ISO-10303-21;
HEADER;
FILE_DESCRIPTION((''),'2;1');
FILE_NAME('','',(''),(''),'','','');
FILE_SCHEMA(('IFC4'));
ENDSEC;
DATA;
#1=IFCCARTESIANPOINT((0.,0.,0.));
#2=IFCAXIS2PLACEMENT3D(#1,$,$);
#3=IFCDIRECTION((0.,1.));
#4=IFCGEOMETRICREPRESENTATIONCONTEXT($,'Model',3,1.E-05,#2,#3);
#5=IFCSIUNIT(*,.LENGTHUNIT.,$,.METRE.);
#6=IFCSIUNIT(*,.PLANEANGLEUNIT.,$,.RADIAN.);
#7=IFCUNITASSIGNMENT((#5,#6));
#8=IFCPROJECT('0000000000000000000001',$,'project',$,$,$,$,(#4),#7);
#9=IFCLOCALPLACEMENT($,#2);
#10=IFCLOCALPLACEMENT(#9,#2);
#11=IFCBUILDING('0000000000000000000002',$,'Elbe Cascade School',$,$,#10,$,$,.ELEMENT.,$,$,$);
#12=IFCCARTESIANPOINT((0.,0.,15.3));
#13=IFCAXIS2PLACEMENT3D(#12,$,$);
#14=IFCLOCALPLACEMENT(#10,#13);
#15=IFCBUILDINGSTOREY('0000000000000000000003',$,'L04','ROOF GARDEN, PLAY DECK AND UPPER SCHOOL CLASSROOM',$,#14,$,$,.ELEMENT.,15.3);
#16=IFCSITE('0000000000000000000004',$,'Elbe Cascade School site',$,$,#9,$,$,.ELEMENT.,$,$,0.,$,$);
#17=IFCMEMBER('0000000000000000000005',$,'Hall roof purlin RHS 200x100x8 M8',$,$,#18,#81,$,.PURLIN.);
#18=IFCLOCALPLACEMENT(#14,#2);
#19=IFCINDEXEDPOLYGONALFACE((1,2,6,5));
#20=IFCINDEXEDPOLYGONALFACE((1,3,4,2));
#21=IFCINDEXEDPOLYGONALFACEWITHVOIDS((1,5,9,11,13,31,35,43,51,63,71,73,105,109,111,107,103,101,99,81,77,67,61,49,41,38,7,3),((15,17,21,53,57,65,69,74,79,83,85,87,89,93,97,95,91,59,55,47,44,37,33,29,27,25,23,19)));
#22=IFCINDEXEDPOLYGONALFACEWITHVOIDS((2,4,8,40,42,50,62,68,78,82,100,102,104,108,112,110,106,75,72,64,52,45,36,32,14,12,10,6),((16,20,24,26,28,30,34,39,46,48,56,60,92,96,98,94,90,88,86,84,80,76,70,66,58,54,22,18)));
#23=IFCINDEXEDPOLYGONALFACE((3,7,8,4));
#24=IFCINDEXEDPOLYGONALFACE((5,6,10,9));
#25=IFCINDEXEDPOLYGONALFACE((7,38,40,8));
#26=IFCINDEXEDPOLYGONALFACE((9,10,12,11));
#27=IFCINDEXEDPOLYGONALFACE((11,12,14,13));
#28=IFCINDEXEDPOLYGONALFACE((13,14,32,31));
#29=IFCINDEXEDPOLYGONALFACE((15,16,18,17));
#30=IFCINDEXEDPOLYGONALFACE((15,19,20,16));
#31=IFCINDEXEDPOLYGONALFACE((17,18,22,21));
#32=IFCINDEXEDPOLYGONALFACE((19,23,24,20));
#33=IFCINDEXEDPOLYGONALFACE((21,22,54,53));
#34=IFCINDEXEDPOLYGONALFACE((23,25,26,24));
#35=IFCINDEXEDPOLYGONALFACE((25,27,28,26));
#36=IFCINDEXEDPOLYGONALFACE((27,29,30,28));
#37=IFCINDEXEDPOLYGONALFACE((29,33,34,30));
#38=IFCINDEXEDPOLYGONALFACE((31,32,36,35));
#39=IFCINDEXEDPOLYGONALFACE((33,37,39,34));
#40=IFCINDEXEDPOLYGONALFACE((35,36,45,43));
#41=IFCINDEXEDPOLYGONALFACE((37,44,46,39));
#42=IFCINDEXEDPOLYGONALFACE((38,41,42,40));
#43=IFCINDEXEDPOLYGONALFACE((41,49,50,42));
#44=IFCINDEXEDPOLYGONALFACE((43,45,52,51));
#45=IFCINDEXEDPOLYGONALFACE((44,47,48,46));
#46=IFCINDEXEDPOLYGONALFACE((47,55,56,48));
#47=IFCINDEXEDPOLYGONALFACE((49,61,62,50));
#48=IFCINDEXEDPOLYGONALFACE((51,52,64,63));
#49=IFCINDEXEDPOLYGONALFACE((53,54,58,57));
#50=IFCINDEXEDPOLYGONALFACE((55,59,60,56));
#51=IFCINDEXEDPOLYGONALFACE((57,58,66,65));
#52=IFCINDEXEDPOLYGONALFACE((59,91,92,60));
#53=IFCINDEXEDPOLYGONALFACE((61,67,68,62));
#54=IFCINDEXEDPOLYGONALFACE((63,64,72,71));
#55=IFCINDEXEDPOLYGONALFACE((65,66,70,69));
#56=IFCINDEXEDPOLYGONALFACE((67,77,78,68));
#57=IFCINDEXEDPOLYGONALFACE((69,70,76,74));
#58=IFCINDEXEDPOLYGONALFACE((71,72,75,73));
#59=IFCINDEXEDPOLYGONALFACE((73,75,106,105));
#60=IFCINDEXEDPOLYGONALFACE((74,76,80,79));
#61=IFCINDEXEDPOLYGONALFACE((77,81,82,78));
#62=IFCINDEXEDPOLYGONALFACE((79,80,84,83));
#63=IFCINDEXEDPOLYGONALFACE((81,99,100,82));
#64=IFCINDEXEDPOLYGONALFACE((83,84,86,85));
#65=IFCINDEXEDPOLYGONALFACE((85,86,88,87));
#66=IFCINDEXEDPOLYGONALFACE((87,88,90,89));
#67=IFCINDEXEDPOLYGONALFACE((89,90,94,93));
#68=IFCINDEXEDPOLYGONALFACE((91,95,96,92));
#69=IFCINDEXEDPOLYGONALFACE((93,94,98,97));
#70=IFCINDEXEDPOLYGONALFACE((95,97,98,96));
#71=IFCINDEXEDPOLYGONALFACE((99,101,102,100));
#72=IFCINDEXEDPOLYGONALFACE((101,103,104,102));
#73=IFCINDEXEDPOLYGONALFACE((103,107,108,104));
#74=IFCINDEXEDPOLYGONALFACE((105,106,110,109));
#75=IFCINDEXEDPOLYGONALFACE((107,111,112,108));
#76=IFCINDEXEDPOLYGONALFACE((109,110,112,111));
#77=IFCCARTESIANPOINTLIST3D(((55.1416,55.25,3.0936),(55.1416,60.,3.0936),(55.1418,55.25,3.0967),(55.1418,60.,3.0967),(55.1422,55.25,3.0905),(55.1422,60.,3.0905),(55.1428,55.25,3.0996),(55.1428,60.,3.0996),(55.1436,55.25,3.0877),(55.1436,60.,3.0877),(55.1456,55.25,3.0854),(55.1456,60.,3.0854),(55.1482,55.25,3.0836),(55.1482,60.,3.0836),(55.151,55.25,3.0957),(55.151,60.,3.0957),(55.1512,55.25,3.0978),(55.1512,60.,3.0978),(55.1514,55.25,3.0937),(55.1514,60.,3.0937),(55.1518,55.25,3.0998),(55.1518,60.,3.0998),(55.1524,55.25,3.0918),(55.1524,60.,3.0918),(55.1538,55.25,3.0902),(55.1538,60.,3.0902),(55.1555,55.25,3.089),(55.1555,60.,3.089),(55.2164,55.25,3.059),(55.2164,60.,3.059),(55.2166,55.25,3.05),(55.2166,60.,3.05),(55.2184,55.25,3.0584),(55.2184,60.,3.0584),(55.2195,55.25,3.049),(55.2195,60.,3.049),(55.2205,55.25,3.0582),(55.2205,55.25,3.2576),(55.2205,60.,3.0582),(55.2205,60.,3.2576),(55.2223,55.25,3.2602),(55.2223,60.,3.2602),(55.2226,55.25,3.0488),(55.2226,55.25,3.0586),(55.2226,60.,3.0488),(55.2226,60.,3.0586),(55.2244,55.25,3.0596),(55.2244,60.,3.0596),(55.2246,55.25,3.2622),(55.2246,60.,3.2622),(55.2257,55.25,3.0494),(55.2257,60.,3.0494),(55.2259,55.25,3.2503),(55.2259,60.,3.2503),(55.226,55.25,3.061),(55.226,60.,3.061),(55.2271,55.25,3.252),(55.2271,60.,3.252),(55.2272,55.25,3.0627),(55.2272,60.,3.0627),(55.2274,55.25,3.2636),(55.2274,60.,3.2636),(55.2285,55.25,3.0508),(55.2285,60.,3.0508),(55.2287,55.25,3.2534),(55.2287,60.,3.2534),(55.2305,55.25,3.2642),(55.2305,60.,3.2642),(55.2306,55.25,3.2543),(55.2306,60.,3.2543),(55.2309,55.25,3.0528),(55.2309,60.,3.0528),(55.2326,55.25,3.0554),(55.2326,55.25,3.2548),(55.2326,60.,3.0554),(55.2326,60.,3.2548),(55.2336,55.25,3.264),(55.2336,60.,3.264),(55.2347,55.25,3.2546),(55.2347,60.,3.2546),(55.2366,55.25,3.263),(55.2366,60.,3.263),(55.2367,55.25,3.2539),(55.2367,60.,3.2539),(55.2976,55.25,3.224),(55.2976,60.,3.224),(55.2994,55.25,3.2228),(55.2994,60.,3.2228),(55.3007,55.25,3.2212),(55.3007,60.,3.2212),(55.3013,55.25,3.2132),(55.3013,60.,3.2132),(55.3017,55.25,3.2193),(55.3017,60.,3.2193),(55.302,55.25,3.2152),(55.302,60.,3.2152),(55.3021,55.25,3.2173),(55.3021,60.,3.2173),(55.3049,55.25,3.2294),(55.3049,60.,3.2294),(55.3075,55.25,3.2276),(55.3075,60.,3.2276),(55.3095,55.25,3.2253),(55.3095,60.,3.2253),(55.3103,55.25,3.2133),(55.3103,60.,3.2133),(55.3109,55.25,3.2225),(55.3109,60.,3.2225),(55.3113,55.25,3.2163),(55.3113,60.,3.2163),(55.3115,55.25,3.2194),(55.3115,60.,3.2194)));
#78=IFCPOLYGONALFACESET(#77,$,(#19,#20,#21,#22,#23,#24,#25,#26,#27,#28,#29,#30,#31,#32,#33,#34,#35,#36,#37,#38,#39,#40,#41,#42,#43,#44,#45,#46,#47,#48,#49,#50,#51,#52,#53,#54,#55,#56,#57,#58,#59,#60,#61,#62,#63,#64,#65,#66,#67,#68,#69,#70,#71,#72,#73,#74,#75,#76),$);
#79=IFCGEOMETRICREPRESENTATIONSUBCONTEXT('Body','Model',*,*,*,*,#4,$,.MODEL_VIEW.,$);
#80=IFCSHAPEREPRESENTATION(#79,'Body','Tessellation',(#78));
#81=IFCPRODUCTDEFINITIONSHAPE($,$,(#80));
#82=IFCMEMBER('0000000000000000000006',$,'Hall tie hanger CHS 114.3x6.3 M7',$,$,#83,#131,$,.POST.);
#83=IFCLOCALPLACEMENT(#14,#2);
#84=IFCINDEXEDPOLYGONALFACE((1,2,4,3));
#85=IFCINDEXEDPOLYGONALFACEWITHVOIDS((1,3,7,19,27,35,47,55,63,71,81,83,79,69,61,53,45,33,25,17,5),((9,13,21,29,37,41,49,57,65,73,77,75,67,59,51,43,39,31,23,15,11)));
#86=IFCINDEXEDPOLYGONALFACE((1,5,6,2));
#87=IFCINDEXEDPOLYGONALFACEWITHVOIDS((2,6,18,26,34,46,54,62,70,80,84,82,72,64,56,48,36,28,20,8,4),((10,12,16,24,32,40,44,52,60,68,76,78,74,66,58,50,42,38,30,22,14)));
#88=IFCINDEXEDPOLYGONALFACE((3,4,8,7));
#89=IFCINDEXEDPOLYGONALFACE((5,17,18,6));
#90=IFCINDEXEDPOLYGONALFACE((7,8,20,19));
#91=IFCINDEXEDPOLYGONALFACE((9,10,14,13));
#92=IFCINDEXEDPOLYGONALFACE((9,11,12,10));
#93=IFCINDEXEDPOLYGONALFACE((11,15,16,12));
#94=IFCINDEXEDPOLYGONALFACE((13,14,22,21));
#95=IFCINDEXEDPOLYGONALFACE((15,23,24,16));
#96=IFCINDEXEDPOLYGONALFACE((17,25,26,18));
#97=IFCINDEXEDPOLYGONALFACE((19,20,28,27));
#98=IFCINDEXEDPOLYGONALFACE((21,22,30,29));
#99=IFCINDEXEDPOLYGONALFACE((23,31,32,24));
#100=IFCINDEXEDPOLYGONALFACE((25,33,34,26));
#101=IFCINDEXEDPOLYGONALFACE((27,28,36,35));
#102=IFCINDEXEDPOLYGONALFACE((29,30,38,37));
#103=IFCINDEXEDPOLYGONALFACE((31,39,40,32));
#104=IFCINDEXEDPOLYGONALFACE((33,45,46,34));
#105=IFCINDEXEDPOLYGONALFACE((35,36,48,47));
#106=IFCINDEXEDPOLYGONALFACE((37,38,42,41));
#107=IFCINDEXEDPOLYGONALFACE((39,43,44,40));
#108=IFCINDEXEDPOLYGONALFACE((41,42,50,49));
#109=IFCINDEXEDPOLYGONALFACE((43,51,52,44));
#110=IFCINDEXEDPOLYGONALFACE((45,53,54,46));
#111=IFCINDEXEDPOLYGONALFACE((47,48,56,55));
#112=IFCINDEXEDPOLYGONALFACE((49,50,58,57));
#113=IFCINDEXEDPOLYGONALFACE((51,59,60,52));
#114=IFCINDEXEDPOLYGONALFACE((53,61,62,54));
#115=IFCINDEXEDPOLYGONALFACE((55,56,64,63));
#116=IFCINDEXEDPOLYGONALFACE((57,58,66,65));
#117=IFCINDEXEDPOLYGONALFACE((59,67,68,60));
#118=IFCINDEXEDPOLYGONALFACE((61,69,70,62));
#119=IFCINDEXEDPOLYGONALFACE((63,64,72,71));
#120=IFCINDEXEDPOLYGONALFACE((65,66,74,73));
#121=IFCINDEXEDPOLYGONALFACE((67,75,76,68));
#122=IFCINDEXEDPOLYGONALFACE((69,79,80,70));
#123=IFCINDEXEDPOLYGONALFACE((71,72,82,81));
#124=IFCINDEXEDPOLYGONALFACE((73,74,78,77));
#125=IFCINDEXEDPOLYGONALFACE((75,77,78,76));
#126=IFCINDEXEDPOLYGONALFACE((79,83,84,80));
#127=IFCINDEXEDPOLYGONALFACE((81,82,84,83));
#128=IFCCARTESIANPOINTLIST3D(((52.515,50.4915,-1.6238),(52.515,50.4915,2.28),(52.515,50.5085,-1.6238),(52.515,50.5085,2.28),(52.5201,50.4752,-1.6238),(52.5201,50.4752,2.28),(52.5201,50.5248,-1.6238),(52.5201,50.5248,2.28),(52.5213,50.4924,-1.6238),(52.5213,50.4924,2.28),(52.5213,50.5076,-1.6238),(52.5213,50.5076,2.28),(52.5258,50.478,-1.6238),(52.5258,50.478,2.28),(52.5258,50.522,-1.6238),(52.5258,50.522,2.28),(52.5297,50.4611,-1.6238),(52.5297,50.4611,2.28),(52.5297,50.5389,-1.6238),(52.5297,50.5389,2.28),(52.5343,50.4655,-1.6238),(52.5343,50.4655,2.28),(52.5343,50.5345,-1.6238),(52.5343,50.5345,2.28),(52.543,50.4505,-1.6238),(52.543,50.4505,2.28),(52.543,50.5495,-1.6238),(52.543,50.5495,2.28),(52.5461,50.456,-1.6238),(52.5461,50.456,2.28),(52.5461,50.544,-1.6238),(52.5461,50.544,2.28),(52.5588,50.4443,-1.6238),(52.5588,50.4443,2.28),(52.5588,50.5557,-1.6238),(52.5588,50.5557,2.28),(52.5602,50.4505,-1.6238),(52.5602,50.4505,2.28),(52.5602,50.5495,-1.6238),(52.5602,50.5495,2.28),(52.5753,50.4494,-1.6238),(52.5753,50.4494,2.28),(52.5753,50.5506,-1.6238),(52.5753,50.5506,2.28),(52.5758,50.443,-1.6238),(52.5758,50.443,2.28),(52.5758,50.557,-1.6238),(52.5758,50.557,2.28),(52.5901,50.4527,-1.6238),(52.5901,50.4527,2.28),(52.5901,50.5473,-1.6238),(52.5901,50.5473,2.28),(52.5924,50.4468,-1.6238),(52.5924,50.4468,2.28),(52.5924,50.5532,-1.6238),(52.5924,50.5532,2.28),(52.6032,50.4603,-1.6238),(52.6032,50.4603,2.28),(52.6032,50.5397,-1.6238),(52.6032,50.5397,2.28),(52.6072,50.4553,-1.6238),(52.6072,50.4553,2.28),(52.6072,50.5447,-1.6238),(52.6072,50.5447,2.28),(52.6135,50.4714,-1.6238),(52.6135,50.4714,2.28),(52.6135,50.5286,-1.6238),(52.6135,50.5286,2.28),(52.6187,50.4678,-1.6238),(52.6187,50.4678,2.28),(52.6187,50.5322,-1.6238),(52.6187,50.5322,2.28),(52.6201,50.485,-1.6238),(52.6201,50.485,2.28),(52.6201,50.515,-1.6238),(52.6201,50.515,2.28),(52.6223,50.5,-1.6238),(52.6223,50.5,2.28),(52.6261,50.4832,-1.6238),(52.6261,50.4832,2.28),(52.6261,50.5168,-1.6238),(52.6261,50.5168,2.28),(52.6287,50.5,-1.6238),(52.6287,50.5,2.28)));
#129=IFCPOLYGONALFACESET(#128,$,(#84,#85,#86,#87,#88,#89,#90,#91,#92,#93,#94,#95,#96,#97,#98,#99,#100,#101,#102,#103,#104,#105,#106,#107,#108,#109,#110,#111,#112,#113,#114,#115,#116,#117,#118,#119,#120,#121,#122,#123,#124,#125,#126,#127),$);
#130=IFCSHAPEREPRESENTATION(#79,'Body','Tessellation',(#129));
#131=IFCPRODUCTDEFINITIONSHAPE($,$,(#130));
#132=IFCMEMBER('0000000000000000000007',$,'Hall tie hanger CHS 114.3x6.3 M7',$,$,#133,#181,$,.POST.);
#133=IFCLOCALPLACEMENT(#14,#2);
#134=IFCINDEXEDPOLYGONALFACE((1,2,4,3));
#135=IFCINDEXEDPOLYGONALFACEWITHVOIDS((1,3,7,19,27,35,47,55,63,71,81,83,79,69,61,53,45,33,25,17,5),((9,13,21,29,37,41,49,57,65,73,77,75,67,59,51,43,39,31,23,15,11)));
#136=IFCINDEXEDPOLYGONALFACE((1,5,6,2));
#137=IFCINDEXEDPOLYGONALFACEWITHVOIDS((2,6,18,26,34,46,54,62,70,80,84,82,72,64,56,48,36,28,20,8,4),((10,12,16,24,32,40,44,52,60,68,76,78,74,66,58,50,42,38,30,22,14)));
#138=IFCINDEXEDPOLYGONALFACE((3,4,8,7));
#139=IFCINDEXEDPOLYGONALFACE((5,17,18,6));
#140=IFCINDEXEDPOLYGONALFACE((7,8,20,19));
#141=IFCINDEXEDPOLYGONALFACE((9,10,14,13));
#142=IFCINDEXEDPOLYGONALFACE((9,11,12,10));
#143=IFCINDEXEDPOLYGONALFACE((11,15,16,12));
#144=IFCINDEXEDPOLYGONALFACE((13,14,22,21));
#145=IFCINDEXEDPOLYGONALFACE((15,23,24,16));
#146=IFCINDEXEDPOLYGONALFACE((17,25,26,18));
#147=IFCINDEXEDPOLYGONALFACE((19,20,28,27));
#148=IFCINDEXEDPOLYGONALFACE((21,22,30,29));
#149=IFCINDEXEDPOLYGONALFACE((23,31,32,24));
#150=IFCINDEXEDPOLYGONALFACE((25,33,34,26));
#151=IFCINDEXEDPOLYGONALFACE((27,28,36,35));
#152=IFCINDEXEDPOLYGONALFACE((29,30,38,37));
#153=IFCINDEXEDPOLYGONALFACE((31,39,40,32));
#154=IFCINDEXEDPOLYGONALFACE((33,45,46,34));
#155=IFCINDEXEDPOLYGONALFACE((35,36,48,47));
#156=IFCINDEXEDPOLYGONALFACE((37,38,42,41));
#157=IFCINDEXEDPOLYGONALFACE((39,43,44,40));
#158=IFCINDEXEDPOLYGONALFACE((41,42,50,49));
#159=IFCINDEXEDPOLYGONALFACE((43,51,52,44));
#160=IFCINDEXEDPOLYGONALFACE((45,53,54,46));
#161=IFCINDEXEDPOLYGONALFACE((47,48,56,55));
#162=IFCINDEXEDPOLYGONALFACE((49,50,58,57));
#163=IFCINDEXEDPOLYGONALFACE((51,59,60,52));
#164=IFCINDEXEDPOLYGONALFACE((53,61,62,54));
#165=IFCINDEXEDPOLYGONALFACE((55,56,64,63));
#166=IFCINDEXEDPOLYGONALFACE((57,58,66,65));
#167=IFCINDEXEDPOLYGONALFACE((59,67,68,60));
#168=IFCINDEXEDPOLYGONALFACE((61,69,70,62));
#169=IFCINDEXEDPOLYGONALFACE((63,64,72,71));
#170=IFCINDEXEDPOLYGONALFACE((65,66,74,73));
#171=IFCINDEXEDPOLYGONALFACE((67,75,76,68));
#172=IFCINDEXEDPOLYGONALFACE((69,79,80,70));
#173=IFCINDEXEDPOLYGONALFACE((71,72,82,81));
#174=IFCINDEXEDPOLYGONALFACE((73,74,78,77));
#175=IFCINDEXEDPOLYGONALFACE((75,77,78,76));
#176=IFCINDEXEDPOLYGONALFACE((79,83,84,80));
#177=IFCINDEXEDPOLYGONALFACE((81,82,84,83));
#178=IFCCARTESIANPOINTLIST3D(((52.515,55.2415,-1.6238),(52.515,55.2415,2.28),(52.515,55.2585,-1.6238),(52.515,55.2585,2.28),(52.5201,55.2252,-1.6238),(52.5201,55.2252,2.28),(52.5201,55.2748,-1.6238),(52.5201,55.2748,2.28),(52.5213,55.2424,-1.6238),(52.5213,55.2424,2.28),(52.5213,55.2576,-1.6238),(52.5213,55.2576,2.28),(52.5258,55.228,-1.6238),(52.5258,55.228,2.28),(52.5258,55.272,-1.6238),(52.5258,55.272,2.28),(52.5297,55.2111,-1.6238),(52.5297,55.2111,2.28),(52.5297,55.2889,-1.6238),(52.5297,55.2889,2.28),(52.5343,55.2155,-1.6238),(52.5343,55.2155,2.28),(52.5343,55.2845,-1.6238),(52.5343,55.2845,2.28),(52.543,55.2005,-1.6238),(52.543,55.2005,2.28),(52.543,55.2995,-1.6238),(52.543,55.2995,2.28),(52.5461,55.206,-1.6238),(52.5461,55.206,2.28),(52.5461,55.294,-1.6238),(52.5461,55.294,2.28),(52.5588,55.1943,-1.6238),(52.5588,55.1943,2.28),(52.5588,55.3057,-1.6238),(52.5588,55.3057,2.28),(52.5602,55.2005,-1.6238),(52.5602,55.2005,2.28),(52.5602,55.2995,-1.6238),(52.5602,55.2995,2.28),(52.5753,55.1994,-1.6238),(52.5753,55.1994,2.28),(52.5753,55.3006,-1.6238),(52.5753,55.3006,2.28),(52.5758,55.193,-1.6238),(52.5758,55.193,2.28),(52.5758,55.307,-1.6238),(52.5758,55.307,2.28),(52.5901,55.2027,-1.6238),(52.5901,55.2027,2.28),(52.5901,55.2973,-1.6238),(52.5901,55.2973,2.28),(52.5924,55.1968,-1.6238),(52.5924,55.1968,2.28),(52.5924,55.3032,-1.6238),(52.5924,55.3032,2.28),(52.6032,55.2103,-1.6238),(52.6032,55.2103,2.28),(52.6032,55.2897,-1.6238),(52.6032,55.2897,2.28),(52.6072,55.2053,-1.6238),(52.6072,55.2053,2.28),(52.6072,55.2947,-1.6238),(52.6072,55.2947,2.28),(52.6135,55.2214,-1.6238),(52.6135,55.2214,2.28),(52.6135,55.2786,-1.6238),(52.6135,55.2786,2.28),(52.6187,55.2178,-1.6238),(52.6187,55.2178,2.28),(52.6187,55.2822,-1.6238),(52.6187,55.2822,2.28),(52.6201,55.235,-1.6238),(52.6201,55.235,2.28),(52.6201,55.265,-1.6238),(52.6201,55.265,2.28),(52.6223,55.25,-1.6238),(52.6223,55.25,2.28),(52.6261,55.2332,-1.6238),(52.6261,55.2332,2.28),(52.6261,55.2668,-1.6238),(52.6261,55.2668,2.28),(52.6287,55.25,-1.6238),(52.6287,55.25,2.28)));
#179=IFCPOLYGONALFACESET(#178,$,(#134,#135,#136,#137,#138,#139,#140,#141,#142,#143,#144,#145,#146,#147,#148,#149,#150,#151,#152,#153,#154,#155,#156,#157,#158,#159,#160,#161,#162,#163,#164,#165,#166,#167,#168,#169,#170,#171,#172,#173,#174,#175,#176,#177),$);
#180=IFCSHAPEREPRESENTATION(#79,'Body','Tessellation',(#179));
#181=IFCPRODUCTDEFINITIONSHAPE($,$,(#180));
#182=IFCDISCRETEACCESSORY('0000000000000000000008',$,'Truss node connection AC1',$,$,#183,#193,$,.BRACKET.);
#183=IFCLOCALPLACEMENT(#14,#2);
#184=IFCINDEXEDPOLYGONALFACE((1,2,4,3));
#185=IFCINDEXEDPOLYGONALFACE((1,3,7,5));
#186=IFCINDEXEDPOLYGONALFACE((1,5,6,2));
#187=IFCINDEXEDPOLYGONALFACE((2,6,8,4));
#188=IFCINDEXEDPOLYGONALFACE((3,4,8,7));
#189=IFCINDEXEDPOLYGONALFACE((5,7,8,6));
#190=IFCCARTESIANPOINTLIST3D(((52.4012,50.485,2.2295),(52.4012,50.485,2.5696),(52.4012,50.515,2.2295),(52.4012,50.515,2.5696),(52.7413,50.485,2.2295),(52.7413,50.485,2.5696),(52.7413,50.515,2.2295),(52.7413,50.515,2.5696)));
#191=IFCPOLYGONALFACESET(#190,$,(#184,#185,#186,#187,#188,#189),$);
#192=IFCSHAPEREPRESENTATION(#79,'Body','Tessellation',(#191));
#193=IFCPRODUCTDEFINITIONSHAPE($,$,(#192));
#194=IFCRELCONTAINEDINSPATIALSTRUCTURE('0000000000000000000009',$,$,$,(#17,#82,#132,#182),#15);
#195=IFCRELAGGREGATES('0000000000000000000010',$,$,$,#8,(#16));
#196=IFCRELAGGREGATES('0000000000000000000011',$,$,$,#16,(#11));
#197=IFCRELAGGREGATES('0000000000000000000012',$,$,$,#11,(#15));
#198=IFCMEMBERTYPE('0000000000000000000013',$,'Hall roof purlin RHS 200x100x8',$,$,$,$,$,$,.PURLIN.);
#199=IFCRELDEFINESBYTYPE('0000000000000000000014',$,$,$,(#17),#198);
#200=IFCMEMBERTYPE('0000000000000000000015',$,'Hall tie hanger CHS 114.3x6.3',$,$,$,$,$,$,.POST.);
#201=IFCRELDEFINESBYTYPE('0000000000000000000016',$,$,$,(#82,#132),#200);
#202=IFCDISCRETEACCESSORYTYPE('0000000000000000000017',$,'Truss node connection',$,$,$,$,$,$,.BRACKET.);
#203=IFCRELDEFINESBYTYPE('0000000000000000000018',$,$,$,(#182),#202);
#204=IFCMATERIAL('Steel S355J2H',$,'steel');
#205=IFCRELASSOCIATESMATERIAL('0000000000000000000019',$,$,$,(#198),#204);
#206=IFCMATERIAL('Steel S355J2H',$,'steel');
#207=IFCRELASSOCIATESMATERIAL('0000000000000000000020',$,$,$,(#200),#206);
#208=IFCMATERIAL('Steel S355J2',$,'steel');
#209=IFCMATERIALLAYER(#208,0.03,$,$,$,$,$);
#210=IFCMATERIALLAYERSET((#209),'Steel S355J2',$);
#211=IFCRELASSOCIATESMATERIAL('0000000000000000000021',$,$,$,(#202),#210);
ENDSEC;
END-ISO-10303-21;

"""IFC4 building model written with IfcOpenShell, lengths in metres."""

from ifc_helpers import new_model, si_unit, direction, frame, origin, origin_2d, place, context, subcontext, project, spatial, rectangle, hollow_rectangle, hollow_circle, extrude, material, layer, layer_set, material_profile, profile_set, type_object, element, save


model = new_model("IFC4")

# Units and contexts
model_context = context("Model", 3, precision=1e-05, world=origin(), true_north=direction((0.0, 1.0)))
body_context = subcontext(model_context, "Body", "Model", "MODEL_VIEW")
ifc_project = project(units=[si_unit("LENGTHUNIT", "METRE"), si_unit("PLANEANGLEUNIT", "RADIAN")], contexts=[model_context])

# Site, building, storey
site_placement = place(None, origin())
site = spatial("IfcSite", under=ifc_project, at=site_placement, Name="Elbe Cascade School site", CompositionType="ELEMENT", RefElevation=0.0)
building_placement = place(site_placement, origin())
building = spatial("IfcBuilding", under=site, at=building_placement, Name="Elbe Cascade School", CompositionType="ELEMENT")
storey_placement = place(building_placement, frame((0.0, 0.0, 15.3)))
storey = spatial("IfcBuildingStorey", under=building, at=storey_placement, Name="L04", Description="ROOF GARDEN, PLAY DECK AND UPPER SCHOOL CLASSROOM", CompositionType="ELEMENT", Elevation=15.3)

# Members
ifc_material_1 = material(Name="Steel S355J2H", Category="steel")
ifc_material_profile_1 = material_profile(ifc_material_1, hollow_rectangle(XDim=0.1001, YDim=0.2, WallThickness=0.0081, InnerFilletRadius=0.0081, OuterFilletRadius=0.012, at=origin_2d()), Name="RHS 200x100x8")
ifc_profile_set_1 = profile_set([ifc_material_profile_1], Name="Steel S355J2H")
member_type_1 = type_object("IfcMemberType", Name="Hall roof purlin RHS 200x100x8", PredefinedType="PURLIN", material=ifc_profile_set_1)
for number, where, z_axis, x_axis, name in (
    (1, (55.2266, 55.25, 3.1565), (0.0, 1.0, 0.0), (-0.897163, 0.0, 0.441699), "Hall roof purlin RHS 200x100x8 M8"),
):
    element("IfcMember", number, at=place(storey_placement, frame(where, z_axis=z_axis, x_axis=x_axis)), inside=storey, type_object=member_type_1, Name=name, PredefinedType="PURLIN", context=body_context, shape_type="SweptSolid", body=[
        extrude(hollow_rectangle(XDim=0.1001, YDim=0.2, WallThickness=0.0081, InnerFilletRadius=0.0081, OuterFilletRadius=0.012, at=origin_2d()), origin(), (0.0, 0.0, 1.0), 4.75),
    ])
ifc_material_2 = material(Name="Steel S355J2H", Category="steel")
ifc_material_profile_2 = material_profile(ifc_material_2, hollow_circle(Radius=0.0571, WallThickness=0.0063, at=origin_2d()), Name="CHS 114.3x6.3")
ifc_profile_set_2 = profile_set([ifc_material_profile_2], Name="Steel S355J2H")
member_type_2 = type_object("IfcMemberType", Name="Hall tie hanger CHS 114.3x6.3", PredefinedType="POST", material=ifc_profile_set_2)
for number, where, z_axis, x_axis, name in (
    (2, (52.5715, 50.5, -1.6238), (0.0, 0.0, 1.0), (1.0, 0.0, 0.0), "Hall tie hanger CHS 114.3x6.3 M7"),
    (3, (52.5715, 55.25, -1.6238), (0.0, 0.0, 1.0), (1.0, 0.0, 0.0), "Hall tie hanger CHS 114.3x6.3 M7"),
):
    element("IfcMember", number, at=place(storey_placement, frame(where, z_axis=z_axis, x_axis=x_axis)), inside=storey, type_object=member_type_2, Name=name, PredefinedType="POST", context=body_context, shape_type="SweptSolid", body=[
        extrude(hollow_circle(Radius=0.0571, WallThickness=0.0063, at=origin_2d()), origin(), (0.0, 0.0, 1.0), 3.9038),
    ])

# Discrete accessory
ifc_material_3 = material(Name="Steel S355J2", Category="steel")
ifc_layer = layer(ifc_material_3, 0.03)
ifc_layer_set = layer_set([ifc_layer], Name="Steel S355J2")
discrete_accessory_type = type_object("IfcDiscreteAccessoryType", Name="Truss node connection", PredefinedType="BRACKET", material=ifc_layer_set)
for number, where, z_axis, x_axis, name in (
    (4, (52.5713, 50.5, 2.2295), (0.0, 0.0, 1.0), (1.0, 0.0, 0.0), "Truss node connection AC1"),
):
    element("IfcDiscreteAccessory", number, at=place(storey_placement, frame(where, z_axis=z_axis, x_axis=x_axis)), inside=storey, type_object=discrete_accessory_type, Name=name, PredefinedType="BRACKET", context=body_context, shape_type="SweptSolid", body=[
        extrude(rectangle(XDim=0.3401, YDim=0.03, at=origin_2d()), origin(), (0.0, 0.0, 1.0), 0.3401),
    ])

save(model, "model.ifc")
